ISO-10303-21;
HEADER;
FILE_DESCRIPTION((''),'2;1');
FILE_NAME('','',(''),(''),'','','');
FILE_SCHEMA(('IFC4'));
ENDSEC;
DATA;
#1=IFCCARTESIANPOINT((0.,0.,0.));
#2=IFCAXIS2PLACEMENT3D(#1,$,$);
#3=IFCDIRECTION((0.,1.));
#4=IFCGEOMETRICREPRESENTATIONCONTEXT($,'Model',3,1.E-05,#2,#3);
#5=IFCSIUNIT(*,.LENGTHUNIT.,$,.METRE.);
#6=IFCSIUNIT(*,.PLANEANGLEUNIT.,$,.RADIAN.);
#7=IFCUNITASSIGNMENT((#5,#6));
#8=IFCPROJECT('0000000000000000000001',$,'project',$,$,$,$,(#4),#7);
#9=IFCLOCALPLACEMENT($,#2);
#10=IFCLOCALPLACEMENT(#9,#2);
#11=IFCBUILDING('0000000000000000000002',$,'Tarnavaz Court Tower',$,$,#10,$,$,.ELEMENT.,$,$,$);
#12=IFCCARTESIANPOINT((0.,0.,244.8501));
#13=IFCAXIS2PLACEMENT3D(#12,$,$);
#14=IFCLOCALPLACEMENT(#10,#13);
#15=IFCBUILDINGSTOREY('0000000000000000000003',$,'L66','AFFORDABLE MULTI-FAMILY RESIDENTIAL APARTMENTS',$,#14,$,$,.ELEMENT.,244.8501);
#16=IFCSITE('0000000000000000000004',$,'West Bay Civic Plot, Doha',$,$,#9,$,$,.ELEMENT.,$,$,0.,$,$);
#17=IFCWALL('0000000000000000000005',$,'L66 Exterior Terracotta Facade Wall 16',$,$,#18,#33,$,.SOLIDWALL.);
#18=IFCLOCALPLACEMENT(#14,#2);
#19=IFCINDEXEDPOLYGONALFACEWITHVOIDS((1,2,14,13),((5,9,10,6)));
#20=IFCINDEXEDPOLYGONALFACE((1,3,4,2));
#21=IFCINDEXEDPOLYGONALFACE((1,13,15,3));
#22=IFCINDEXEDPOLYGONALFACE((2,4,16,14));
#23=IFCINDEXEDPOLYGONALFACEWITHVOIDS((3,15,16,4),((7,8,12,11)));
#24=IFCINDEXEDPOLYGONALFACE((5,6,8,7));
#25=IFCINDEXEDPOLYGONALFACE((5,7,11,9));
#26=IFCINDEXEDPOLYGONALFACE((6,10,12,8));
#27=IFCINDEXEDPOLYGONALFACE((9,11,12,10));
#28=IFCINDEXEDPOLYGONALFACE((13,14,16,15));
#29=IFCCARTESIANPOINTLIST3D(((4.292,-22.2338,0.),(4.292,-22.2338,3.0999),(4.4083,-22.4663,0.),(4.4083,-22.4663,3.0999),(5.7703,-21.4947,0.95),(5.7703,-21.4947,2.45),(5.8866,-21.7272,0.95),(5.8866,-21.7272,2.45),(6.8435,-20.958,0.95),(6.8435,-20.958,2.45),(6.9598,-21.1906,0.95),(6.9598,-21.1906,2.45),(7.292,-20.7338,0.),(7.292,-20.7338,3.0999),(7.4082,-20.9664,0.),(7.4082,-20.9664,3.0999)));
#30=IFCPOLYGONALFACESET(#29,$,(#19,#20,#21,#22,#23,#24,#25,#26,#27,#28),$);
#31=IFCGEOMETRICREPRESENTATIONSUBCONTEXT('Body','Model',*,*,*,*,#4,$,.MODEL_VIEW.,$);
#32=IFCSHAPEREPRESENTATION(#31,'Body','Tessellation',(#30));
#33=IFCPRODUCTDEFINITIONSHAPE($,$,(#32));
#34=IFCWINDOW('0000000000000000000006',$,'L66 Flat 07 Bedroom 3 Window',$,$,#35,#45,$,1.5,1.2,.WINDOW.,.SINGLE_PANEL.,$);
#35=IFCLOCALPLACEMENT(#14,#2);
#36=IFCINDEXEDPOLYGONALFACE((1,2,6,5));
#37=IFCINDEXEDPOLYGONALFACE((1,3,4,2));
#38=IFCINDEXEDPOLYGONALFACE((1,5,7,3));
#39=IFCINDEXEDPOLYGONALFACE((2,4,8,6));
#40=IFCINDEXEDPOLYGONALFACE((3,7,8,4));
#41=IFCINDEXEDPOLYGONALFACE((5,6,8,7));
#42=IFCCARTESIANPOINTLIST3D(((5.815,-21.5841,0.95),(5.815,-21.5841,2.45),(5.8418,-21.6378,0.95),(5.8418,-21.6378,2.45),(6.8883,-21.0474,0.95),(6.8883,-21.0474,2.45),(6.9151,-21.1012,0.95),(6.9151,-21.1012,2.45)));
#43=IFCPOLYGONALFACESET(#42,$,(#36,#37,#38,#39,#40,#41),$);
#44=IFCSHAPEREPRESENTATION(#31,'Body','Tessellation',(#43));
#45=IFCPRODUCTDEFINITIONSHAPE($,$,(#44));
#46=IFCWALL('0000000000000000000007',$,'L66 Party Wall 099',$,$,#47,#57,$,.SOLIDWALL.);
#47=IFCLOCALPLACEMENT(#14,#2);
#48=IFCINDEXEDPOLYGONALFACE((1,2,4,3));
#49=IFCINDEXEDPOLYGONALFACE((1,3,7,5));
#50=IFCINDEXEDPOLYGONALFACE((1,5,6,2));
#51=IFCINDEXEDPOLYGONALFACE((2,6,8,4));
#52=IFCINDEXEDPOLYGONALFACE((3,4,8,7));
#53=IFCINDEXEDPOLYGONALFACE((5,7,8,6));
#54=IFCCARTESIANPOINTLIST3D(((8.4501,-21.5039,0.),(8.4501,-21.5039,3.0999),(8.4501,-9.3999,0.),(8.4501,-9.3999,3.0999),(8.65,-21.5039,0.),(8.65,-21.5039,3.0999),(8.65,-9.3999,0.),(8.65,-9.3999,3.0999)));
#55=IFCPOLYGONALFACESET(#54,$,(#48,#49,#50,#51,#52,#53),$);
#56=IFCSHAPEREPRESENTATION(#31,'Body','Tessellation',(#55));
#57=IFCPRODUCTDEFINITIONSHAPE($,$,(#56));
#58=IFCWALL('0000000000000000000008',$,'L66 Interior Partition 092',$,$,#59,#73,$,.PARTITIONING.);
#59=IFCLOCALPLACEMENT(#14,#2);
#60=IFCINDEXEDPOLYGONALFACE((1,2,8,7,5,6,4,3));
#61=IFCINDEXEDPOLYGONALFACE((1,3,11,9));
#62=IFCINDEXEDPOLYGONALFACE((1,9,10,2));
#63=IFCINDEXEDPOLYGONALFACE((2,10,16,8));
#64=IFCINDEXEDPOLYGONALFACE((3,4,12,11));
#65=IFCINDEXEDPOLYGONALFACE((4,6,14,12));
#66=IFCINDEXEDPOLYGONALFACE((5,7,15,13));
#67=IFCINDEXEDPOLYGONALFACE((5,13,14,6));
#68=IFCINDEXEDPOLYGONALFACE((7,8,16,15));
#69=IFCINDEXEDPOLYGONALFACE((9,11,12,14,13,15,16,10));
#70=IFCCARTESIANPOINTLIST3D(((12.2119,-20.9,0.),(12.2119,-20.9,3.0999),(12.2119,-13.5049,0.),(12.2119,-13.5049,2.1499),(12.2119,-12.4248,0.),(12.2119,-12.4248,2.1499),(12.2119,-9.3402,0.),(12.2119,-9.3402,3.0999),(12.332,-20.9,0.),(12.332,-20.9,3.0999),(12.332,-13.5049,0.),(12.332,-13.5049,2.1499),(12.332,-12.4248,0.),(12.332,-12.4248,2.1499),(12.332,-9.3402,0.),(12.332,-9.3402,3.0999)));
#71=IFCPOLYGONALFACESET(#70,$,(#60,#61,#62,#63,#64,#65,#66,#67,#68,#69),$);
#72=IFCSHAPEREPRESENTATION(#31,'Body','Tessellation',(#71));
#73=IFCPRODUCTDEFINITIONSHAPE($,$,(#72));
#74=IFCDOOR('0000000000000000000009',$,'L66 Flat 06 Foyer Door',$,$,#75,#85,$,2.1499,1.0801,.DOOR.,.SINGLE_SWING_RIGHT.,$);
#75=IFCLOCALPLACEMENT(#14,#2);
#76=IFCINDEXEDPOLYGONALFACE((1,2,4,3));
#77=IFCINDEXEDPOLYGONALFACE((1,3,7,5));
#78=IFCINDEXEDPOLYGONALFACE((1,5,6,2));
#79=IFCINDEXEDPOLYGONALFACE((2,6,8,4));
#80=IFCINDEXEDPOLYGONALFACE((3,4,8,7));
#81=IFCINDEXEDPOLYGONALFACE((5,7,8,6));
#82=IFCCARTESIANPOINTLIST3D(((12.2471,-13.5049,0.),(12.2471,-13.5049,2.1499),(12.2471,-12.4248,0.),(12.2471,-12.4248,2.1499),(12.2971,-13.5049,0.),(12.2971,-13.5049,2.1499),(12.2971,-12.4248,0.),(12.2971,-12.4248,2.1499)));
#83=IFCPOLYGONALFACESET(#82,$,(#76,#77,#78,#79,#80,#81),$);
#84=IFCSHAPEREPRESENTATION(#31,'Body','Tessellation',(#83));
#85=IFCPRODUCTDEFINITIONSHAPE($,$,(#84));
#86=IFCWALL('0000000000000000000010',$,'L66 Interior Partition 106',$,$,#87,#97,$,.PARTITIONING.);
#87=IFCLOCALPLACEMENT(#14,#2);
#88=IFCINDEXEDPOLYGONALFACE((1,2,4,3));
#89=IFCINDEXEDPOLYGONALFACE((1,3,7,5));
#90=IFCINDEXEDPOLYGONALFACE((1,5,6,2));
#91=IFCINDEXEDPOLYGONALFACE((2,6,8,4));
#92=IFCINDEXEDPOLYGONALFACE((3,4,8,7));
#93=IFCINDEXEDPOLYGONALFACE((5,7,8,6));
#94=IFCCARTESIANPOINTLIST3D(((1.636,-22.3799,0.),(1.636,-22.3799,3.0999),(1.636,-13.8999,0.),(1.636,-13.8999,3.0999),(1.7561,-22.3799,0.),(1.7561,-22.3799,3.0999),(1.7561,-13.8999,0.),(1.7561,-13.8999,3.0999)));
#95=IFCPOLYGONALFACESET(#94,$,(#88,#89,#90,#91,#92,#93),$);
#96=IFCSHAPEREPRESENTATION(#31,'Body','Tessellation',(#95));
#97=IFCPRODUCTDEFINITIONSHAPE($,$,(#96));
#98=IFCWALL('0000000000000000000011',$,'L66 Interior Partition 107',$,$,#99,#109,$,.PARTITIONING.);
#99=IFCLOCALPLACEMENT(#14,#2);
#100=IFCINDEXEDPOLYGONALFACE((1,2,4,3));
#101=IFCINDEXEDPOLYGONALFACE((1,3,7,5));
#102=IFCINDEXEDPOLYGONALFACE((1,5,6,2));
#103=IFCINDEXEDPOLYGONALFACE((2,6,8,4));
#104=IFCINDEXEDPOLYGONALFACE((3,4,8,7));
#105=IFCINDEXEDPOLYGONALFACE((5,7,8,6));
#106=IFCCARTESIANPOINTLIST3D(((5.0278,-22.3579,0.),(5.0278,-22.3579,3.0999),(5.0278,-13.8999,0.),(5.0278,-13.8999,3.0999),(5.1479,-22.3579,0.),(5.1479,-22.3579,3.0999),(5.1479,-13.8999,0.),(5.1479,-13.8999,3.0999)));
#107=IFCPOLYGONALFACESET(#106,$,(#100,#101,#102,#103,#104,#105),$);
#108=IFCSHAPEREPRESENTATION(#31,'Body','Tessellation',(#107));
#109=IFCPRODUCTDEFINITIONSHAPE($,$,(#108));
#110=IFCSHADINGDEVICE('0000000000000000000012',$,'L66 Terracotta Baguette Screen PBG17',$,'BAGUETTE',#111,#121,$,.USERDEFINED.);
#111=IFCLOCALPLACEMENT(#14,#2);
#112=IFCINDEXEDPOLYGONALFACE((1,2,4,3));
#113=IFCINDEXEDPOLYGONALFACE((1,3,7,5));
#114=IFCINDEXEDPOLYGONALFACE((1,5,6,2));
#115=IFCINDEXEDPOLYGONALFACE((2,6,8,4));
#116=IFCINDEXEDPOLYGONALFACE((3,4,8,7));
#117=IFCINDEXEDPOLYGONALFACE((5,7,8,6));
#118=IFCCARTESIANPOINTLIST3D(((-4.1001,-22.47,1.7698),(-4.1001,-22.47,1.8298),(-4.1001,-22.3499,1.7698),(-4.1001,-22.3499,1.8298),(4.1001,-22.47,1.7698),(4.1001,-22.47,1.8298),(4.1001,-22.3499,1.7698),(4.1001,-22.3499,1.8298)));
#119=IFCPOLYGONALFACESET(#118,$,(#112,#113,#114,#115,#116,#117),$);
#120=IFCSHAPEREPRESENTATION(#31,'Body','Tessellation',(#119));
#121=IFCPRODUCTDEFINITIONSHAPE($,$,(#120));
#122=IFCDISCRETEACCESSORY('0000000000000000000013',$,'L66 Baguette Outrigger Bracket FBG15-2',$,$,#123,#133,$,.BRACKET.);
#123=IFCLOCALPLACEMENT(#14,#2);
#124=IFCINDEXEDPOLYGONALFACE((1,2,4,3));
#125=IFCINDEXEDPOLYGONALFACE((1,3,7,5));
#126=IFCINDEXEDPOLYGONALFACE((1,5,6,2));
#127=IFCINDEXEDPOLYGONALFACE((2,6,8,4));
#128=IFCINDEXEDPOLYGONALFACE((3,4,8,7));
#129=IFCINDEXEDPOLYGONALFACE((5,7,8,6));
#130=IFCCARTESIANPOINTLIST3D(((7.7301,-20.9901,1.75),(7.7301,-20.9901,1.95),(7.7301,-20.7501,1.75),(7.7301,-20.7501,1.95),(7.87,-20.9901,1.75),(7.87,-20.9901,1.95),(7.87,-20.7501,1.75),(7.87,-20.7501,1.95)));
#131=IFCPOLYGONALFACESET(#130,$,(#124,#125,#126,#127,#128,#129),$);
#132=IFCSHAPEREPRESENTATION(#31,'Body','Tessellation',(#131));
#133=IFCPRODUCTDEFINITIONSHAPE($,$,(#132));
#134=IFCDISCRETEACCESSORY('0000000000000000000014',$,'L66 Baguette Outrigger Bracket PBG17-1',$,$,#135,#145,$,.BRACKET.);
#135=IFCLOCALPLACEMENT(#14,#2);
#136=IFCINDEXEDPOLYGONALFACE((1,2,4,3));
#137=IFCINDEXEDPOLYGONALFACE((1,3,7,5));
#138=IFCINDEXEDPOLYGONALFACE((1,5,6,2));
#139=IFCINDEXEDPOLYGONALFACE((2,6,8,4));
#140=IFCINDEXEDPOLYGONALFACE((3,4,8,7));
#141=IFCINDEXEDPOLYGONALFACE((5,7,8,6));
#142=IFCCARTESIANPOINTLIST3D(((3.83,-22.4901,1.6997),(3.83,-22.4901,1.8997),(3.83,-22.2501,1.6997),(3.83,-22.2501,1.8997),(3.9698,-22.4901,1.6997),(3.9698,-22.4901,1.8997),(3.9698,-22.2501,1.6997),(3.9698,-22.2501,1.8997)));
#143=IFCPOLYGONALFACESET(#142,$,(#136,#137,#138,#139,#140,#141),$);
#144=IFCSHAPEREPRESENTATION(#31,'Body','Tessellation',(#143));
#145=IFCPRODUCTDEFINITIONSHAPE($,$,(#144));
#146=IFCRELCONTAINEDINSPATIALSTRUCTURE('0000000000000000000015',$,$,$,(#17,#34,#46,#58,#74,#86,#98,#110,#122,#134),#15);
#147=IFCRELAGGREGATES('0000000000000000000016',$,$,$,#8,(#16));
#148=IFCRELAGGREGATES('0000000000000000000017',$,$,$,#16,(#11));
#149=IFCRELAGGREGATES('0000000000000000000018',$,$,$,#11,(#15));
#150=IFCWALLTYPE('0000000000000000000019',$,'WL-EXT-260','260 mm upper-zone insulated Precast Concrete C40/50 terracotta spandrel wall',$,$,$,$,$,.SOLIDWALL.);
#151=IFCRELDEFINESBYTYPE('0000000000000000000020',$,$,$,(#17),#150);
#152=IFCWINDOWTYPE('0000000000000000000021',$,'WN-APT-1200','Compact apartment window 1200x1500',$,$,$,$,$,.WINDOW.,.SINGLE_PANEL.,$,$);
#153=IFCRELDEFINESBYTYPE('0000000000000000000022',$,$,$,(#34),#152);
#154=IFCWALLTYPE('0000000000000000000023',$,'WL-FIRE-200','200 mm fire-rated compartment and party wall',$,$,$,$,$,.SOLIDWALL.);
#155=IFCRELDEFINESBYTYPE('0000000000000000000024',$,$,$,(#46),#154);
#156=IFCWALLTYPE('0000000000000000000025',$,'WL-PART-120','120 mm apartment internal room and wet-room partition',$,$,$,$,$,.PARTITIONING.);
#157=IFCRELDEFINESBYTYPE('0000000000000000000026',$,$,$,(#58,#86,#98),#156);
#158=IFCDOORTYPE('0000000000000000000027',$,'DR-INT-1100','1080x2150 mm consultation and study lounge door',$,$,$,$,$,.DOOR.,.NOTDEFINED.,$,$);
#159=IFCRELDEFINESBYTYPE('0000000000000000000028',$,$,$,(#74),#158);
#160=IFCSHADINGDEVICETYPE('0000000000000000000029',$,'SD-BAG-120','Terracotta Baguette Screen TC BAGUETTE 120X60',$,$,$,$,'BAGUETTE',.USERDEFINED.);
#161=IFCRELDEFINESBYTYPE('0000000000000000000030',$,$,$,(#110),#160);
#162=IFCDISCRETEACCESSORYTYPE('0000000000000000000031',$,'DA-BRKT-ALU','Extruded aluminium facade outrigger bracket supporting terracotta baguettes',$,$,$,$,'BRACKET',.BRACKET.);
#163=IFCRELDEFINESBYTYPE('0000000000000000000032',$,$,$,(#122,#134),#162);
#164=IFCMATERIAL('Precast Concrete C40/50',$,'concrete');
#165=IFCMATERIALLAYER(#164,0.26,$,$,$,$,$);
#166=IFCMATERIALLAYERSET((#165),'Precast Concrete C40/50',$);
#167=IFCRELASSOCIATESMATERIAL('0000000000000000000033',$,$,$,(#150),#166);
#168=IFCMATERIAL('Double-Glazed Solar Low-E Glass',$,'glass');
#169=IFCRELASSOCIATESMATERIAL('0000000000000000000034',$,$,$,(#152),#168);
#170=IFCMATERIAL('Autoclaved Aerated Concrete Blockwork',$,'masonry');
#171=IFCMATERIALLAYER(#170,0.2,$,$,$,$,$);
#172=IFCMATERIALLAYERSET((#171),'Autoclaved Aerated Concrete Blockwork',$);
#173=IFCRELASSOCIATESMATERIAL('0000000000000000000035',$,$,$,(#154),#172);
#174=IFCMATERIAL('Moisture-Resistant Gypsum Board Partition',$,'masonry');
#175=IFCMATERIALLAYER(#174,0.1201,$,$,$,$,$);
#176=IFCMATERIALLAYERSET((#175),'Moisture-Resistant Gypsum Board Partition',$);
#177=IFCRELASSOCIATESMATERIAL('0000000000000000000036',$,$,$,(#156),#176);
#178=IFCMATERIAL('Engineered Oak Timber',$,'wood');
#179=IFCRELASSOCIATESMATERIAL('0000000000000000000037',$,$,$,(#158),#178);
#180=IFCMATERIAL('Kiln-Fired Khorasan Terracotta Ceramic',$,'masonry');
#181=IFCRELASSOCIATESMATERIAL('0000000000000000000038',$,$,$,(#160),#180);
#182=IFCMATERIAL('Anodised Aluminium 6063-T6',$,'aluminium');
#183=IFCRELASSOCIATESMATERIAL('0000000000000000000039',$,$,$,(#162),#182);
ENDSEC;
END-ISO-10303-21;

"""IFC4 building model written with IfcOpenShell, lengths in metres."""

from ifc_helpers import new_model, si_unit, direction, frame, frame_2d, origin, origin_2d, place, context, subcontext, project, spatial, rectangle, extrude, material, layer, layer_set, material_profile, profile_set, type_object, element, fill, save


model = new_model("IFC4")

# Units and contexts
model_context = context("Model", 3, precision=1e-05, world=origin(), true_north=direction((0.0, 1.0)))
body_context = subcontext(model_context, "Body", "Model", "MODEL_VIEW")
ifc_project = project(units=[si_unit("LENGTHUNIT", "METRE"), si_unit("PLANEANGLEUNIT", "RADIAN")], contexts=[model_context])

# Site, building, storey
site_placement = place(None, origin())
site = spatial("IfcSite", under=ifc_project, at=site_placement, Name="West Bay Civic Plot, Doha", CompositionType="ELEMENT", RefElevation=0.0)
building_placement = place(site_placement, origin())
building = spatial("IfcBuilding", under=site, at=building_placement, Name="Tarnavaz Court Tower", CompositionType="ELEMENT")
storey_placement = place(building_placement, frame((0.0, 0.0, 244.8501)))
storey = spatial("IfcBuildingStorey", under=building, at=storey_placement, Name="L66", Description="AFFORDABLE MULTI-FAMILY RESIDENTIAL APARTMENTS", CompositionType="ELEMENT", Elevation=244.8501)

# Shared definitions
ifc_material_1 = material(Name="Anodised Aluminium 6063-T6", Category="aluminium")
ifc_material_2 = material(Name="Double-Glazed Solar Low-E Glass", Category="glass")

# Wall, opening, window
ifc_material_3 = material(Name="Precast Concrete C40/50", Category="concrete")
ifc_layer_1 = layer(ifc_material_3, 0.26)
ifc_layer_set_1 = layer_set([ifc_layer_1], Name="Precast Concrete C40/50")
wall_type_1 = type_object("IfcWallType", Name="WL-EXT-260", Description="260 mm upper-zone insulated Precast Concrete C40/50 terracotta spandrel wall", PredefinedType="SOLIDWALL", material=ifc_layer_set_1)
wall_1_placement = place(storey_placement, frame((7.3501, -20.8501, 0.0), z_axis=(0.0, 0.0, 1.0), x_axis=(-0.894427, -0.447214, 0.0)))
wall_1 = element("IfcWall", 1, at=wall_1_placement, inside=storey, type_object=wall_type_1, Name="L66 Exterior Terracotta Facade Wall 16", PredefinedType="SOLIDWALL", context=body_context, shape_type="SweptSolid", body=[
    extrude(rectangle(XDim=3.354, YDim=0.26, at=frame_2d((1.677, 0.0))), origin(), (0.0, 0.0, 1.0), 3.0999),
])
opening_1_placement = place(wall_1_placement, frame((0.5012, 0.0, 0.95)))
opening_1 = element("IfcOpeningElement", 2, at=opening_1_placement, cuts=wall_1, PredefinedType="OPENING", context=body_context, shape_type="SweptSolid", body=[
    extrude(rectangle(XDim=1.2, YDim=1.5, at=frame_2d((0.6001, 0.75))), frame((0.0, 0.1399, 0.0), z_axis=(0.0, -1.0, 0.0), x_axis=(1.0, 0.0, 0.0)), (0.0, 0.0, 1.0), 0.28),
])
window_type = type_object("IfcWindowType", Name="WN-APT-1200", Description="Compact apartment window 1200x1500", PartitioningType="SINGLE_PANEL", PredefinedType="WINDOW", material=ifc_material_2)
window_placement = place(opening_1_placement, origin())
window = element("IfcWindow", 3, at=window_placement, inside=storey, type_object=window_type, Name="L66 Flat 07 Bedroom 3 Window", OverallHeight=1.5, OverallWidth=1.2, PartitioningType="SINGLE_PANEL", PredefinedType="WINDOW", context=body_context, shape_type="SweptSolid", body=[
    extrude(rectangle(XDim=1.2, YDim=1.5, at=frame_2d((0.6001, 0.75))), frame((0.0, 0.03, 0.0), z_axis=(0.0, -1.0, 0.0), x_axis=(1.0, 0.0, 0.0)), (0.0, 0.0, 1.0), 0.0601),
])
fill(opening_1, window)

# Wall
ifc_material_4 = material(Name="Autoclaved Aerated Concrete Blockwork", Category="masonry")
ifc_layer_2 = layer(ifc_material_4, 0.2)
ifc_layer_set_2 = layer_set([ifc_layer_2], Name="Autoclaved Aerated Concrete Blockwork")
wall_type_2 = type_object("IfcWallType", Name="WL-FIRE-200", Description="200 mm fire-rated compartment and party wall", PredefinedType="SOLIDWALL", material=ifc_layer_set_2)
wall_2_placement = place(storey_placement, frame((8.55, -21.5039, 0.0), z_axis=(0.0, 0.0, 1.0), x_axis=(0.0, 1.0, 0.0)))
element("IfcWall", 4, at=wall_2_placement, inside=storey, type_object=wall_type_2, Name="L66 Party Wall 099", PredefinedType="SOLIDWALL", context=body_context, shape_type="SweptSolid", body=[
    extrude(rectangle(XDim=12.104, YDim=0.2, at=frame_2d((6.052, 0.0))), origin(), (0.0, 0.0, 1.0), 3.0999),
])

# Wall, opening, door
ifc_material_5 = material(Name="Moisture-Resistant Gypsum Board Partition", Category="masonry")
ifc_layer_3 = layer(ifc_material_5, 0.1201)
ifc_layer_set_3 = layer_set([ifc_layer_3], Name="Moisture-Resistant Gypsum Board Partition")
wall_type_3 = type_object("IfcWallType", Name="WL-PART-120", Description="120 mm apartment internal room and wet-room partition", PredefinedType="PARTITIONING", material=ifc_layer_set_3)
wall_3_placement = place(storey_placement, frame((12.272, -20.8999, 0.0), z_axis=(0.0, 0.0, 1.0), x_axis=(0.0, 1.0, 0.0)))
wall_3 = element("IfcWall", 5, at=wall_3_placement, inside=storey, type_object=wall_type_3, Name="L66 Interior Partition 092", PredefinedType="PARTITIONING", context=body_context, shape_type="SweptSolid", body=[
    extrude(rectangle(XDim=11.5598, YDim=0.1201, at=frame_2d((5.7798, 0.0))), origin(), (0.0, 0.0, 1.0), 3.0999),
])
opening_2_placement = place(wall_3_placement, frame((7.395, 0.0, 0.0)))
opening_2 = element("IfcOpeningElement", 6, at=opening_2_placement, cuts=wall_3, PredefinedType="OPENING", context=body_context, shape_type="SweptSolid", body=[
    extrude(rectangle(XDim=1.0801, YDim=2.1499, at=frame_2d((0.54, 1.075))), frame((0.0, 0.0701, 0.0), z_axis=(0.0, -1.0, 0.0), x_axis=(1.0, 0.0, 0.0)), (0.0, 0.0, 1.0), 0.1401),
])
ifc_material_6 = material(Name="Engineered Oak Timber", Category="wood")
door_type = type_object("IfcDoorType", Name="DR-INT-1100", Description="1080x2150 mm consultation and study lounge door", OperationType="NOTDEFINED", PredefinedType="DOOR", material=ifc_material_6)
door_placement = place(opening_2_placement, origin())
door = element("IfcDoor", 7, at=door_placement, inside=storey, type_object=door_type, Name="L66 Flat 06 Foyer Door", OperationType="SINGLE_SWING_RIGHT", OverallHeight=2.1499, OverallWidth=1.0801, PredefinedType="DOOR", context=body_context, shape_type="SweptSolid", body=[
    extrude(rectangle(XDim=1.0801, YDim=2.1499, at=frame_2d((0.54, 1.075))), frame((0.0, 0.0249, 0.0), z_axis=(0.0, -1.0, 0.0), x_axis=(1.0, 0.0, 0.0)), (0.0, 0.0, 1.0), 0.05),
])
fill(opening_2, door)

# Walls
wall_4_placement = place(storey_placement, frame((1.696, -22.3799, 0.0), z_axis=(0.0, 0.0, 1.0), x_axis=(0.0, 1.0, 0.0)))
element("IfcWall", 8, at=wall_4_placement, inside=storey, type_object=wall_type_3, Name="L66 Interior Partition 106", PredefinedType="PARTITIONING", context=body_context, shape_type="SweptSolid", body=[
    extrude(rectangle(XDim=8.48, YDim=0.1201, at=frame_2d((4.24, 0.0))), origin(), (0.0, 0.0, 1.0), 3.0999),
])
wall_5_placement = place(storey_placement, frame((5.0879, -22.3579, 0.0), z_axis=(0.0, 0.0, 1.0), x_axis=(0.0, 1.0, 0.0)))
element("IfcWall", 9, at=wall_5_placement, inside=storey, type_object=wall_type_3, Name="L66 Interior Partition 107", PredefinedType="PARTITIONING", context=body_context, shape_type="SweptSolid", body=[
    extrude(rectangle(XDim=8.458, YDim=0.1201, at=frame_2d((4.229, 0.0))), origin(), (0.0, 0.0, 1.0), 3.0999),
])

# Shading device
ifc_material_7 = material(Name="Kiln-Fired Khorasan Terracotta Ceramic", Category="masonry")
ifc_material_profile_1 = material_profile(ifc_material_7, rectangle(XDim=0.1201, YDim=0.0601, at=origin_2d()), Name="TC BAGUETTE 120X60")
ifc_profile_set_1 = profile_set([ifc_material_profile_1], Name="Kiln-Fired Khorasan Terracotta Ceramic")
shading_device_type = type_object("IfcShadingDeviceType", Name="SD-BAG-120", Description="Terracotta Baguette Screen TC BAGUETTE 120X60", ElementType="BAGUETTE", PredefinedType="USERDEFINED", material=ifc_profile_set_1)
shading_device_placement = place(storey_placement, frame((4.1001, -22.4099, 1.7998), z_axis=(-1.0, 0.0, 0.0), x_axis=(0.0, -1.0, 0.0)))
element("IfcShadingDevice", 10, at=shading_device_placement, inside=storey, type_object=shading_device_type, Name="L66 Terracotta Baguette Screen PBG17", ObjectType="BAGUETTE", PredefinedType="USERDEFINED", context=body_context, shape_type="SweptSolid", body=[
    extrude(rectangle(XDim=0.1201, YDim=0.0601, at=origin_2d()), origin(), (0.0, 0.0, 1.0), 8.2002),
])

# Discrete accessories
discrete_accessory_type = type_object("IfcDiscreteAccessoryType", Name="DA-BRKT-ALU", Description="Extruded aluminium facade outrigger bracket supporting terracotta baguettes", ElementType="BRACKET", PredefinedType="BRACKET", material=ifc_material_1)
for number, where, z_axis, x_axis, name in (
    (11, (7.8, -20.8701, 1.75), (0.0, 0.0, 1.0), (-1.0, 0.0, 0.0), "L66 Baguette Outrigger Bracket FBG15-2"),
    (12, (3.8999, -22.3701, 1.6997), (0.0, 0.0, 1.0), (-1.0, 0.0, 0.0), "L66 Baguette Outrigger Bracket PBG17-1"),
):
    element("IfcDiscreteAccessory", number, at=place(storey_placement, frame(where, z_axis=z_axis, x_axis=x_axis)), inside=storey, type_object=discrete_accessory_type, Name=name, PredefinedType="BRACKET", context=body_context, shape_type="SweptSolid", body=[
        extrude(rectangle(XDim=0.1399, YDim=0.24, at=origin_2d()), origin(), (0.0, 0.0, 1.0), 0.2),
    ])

save(model, "model.ifc")
